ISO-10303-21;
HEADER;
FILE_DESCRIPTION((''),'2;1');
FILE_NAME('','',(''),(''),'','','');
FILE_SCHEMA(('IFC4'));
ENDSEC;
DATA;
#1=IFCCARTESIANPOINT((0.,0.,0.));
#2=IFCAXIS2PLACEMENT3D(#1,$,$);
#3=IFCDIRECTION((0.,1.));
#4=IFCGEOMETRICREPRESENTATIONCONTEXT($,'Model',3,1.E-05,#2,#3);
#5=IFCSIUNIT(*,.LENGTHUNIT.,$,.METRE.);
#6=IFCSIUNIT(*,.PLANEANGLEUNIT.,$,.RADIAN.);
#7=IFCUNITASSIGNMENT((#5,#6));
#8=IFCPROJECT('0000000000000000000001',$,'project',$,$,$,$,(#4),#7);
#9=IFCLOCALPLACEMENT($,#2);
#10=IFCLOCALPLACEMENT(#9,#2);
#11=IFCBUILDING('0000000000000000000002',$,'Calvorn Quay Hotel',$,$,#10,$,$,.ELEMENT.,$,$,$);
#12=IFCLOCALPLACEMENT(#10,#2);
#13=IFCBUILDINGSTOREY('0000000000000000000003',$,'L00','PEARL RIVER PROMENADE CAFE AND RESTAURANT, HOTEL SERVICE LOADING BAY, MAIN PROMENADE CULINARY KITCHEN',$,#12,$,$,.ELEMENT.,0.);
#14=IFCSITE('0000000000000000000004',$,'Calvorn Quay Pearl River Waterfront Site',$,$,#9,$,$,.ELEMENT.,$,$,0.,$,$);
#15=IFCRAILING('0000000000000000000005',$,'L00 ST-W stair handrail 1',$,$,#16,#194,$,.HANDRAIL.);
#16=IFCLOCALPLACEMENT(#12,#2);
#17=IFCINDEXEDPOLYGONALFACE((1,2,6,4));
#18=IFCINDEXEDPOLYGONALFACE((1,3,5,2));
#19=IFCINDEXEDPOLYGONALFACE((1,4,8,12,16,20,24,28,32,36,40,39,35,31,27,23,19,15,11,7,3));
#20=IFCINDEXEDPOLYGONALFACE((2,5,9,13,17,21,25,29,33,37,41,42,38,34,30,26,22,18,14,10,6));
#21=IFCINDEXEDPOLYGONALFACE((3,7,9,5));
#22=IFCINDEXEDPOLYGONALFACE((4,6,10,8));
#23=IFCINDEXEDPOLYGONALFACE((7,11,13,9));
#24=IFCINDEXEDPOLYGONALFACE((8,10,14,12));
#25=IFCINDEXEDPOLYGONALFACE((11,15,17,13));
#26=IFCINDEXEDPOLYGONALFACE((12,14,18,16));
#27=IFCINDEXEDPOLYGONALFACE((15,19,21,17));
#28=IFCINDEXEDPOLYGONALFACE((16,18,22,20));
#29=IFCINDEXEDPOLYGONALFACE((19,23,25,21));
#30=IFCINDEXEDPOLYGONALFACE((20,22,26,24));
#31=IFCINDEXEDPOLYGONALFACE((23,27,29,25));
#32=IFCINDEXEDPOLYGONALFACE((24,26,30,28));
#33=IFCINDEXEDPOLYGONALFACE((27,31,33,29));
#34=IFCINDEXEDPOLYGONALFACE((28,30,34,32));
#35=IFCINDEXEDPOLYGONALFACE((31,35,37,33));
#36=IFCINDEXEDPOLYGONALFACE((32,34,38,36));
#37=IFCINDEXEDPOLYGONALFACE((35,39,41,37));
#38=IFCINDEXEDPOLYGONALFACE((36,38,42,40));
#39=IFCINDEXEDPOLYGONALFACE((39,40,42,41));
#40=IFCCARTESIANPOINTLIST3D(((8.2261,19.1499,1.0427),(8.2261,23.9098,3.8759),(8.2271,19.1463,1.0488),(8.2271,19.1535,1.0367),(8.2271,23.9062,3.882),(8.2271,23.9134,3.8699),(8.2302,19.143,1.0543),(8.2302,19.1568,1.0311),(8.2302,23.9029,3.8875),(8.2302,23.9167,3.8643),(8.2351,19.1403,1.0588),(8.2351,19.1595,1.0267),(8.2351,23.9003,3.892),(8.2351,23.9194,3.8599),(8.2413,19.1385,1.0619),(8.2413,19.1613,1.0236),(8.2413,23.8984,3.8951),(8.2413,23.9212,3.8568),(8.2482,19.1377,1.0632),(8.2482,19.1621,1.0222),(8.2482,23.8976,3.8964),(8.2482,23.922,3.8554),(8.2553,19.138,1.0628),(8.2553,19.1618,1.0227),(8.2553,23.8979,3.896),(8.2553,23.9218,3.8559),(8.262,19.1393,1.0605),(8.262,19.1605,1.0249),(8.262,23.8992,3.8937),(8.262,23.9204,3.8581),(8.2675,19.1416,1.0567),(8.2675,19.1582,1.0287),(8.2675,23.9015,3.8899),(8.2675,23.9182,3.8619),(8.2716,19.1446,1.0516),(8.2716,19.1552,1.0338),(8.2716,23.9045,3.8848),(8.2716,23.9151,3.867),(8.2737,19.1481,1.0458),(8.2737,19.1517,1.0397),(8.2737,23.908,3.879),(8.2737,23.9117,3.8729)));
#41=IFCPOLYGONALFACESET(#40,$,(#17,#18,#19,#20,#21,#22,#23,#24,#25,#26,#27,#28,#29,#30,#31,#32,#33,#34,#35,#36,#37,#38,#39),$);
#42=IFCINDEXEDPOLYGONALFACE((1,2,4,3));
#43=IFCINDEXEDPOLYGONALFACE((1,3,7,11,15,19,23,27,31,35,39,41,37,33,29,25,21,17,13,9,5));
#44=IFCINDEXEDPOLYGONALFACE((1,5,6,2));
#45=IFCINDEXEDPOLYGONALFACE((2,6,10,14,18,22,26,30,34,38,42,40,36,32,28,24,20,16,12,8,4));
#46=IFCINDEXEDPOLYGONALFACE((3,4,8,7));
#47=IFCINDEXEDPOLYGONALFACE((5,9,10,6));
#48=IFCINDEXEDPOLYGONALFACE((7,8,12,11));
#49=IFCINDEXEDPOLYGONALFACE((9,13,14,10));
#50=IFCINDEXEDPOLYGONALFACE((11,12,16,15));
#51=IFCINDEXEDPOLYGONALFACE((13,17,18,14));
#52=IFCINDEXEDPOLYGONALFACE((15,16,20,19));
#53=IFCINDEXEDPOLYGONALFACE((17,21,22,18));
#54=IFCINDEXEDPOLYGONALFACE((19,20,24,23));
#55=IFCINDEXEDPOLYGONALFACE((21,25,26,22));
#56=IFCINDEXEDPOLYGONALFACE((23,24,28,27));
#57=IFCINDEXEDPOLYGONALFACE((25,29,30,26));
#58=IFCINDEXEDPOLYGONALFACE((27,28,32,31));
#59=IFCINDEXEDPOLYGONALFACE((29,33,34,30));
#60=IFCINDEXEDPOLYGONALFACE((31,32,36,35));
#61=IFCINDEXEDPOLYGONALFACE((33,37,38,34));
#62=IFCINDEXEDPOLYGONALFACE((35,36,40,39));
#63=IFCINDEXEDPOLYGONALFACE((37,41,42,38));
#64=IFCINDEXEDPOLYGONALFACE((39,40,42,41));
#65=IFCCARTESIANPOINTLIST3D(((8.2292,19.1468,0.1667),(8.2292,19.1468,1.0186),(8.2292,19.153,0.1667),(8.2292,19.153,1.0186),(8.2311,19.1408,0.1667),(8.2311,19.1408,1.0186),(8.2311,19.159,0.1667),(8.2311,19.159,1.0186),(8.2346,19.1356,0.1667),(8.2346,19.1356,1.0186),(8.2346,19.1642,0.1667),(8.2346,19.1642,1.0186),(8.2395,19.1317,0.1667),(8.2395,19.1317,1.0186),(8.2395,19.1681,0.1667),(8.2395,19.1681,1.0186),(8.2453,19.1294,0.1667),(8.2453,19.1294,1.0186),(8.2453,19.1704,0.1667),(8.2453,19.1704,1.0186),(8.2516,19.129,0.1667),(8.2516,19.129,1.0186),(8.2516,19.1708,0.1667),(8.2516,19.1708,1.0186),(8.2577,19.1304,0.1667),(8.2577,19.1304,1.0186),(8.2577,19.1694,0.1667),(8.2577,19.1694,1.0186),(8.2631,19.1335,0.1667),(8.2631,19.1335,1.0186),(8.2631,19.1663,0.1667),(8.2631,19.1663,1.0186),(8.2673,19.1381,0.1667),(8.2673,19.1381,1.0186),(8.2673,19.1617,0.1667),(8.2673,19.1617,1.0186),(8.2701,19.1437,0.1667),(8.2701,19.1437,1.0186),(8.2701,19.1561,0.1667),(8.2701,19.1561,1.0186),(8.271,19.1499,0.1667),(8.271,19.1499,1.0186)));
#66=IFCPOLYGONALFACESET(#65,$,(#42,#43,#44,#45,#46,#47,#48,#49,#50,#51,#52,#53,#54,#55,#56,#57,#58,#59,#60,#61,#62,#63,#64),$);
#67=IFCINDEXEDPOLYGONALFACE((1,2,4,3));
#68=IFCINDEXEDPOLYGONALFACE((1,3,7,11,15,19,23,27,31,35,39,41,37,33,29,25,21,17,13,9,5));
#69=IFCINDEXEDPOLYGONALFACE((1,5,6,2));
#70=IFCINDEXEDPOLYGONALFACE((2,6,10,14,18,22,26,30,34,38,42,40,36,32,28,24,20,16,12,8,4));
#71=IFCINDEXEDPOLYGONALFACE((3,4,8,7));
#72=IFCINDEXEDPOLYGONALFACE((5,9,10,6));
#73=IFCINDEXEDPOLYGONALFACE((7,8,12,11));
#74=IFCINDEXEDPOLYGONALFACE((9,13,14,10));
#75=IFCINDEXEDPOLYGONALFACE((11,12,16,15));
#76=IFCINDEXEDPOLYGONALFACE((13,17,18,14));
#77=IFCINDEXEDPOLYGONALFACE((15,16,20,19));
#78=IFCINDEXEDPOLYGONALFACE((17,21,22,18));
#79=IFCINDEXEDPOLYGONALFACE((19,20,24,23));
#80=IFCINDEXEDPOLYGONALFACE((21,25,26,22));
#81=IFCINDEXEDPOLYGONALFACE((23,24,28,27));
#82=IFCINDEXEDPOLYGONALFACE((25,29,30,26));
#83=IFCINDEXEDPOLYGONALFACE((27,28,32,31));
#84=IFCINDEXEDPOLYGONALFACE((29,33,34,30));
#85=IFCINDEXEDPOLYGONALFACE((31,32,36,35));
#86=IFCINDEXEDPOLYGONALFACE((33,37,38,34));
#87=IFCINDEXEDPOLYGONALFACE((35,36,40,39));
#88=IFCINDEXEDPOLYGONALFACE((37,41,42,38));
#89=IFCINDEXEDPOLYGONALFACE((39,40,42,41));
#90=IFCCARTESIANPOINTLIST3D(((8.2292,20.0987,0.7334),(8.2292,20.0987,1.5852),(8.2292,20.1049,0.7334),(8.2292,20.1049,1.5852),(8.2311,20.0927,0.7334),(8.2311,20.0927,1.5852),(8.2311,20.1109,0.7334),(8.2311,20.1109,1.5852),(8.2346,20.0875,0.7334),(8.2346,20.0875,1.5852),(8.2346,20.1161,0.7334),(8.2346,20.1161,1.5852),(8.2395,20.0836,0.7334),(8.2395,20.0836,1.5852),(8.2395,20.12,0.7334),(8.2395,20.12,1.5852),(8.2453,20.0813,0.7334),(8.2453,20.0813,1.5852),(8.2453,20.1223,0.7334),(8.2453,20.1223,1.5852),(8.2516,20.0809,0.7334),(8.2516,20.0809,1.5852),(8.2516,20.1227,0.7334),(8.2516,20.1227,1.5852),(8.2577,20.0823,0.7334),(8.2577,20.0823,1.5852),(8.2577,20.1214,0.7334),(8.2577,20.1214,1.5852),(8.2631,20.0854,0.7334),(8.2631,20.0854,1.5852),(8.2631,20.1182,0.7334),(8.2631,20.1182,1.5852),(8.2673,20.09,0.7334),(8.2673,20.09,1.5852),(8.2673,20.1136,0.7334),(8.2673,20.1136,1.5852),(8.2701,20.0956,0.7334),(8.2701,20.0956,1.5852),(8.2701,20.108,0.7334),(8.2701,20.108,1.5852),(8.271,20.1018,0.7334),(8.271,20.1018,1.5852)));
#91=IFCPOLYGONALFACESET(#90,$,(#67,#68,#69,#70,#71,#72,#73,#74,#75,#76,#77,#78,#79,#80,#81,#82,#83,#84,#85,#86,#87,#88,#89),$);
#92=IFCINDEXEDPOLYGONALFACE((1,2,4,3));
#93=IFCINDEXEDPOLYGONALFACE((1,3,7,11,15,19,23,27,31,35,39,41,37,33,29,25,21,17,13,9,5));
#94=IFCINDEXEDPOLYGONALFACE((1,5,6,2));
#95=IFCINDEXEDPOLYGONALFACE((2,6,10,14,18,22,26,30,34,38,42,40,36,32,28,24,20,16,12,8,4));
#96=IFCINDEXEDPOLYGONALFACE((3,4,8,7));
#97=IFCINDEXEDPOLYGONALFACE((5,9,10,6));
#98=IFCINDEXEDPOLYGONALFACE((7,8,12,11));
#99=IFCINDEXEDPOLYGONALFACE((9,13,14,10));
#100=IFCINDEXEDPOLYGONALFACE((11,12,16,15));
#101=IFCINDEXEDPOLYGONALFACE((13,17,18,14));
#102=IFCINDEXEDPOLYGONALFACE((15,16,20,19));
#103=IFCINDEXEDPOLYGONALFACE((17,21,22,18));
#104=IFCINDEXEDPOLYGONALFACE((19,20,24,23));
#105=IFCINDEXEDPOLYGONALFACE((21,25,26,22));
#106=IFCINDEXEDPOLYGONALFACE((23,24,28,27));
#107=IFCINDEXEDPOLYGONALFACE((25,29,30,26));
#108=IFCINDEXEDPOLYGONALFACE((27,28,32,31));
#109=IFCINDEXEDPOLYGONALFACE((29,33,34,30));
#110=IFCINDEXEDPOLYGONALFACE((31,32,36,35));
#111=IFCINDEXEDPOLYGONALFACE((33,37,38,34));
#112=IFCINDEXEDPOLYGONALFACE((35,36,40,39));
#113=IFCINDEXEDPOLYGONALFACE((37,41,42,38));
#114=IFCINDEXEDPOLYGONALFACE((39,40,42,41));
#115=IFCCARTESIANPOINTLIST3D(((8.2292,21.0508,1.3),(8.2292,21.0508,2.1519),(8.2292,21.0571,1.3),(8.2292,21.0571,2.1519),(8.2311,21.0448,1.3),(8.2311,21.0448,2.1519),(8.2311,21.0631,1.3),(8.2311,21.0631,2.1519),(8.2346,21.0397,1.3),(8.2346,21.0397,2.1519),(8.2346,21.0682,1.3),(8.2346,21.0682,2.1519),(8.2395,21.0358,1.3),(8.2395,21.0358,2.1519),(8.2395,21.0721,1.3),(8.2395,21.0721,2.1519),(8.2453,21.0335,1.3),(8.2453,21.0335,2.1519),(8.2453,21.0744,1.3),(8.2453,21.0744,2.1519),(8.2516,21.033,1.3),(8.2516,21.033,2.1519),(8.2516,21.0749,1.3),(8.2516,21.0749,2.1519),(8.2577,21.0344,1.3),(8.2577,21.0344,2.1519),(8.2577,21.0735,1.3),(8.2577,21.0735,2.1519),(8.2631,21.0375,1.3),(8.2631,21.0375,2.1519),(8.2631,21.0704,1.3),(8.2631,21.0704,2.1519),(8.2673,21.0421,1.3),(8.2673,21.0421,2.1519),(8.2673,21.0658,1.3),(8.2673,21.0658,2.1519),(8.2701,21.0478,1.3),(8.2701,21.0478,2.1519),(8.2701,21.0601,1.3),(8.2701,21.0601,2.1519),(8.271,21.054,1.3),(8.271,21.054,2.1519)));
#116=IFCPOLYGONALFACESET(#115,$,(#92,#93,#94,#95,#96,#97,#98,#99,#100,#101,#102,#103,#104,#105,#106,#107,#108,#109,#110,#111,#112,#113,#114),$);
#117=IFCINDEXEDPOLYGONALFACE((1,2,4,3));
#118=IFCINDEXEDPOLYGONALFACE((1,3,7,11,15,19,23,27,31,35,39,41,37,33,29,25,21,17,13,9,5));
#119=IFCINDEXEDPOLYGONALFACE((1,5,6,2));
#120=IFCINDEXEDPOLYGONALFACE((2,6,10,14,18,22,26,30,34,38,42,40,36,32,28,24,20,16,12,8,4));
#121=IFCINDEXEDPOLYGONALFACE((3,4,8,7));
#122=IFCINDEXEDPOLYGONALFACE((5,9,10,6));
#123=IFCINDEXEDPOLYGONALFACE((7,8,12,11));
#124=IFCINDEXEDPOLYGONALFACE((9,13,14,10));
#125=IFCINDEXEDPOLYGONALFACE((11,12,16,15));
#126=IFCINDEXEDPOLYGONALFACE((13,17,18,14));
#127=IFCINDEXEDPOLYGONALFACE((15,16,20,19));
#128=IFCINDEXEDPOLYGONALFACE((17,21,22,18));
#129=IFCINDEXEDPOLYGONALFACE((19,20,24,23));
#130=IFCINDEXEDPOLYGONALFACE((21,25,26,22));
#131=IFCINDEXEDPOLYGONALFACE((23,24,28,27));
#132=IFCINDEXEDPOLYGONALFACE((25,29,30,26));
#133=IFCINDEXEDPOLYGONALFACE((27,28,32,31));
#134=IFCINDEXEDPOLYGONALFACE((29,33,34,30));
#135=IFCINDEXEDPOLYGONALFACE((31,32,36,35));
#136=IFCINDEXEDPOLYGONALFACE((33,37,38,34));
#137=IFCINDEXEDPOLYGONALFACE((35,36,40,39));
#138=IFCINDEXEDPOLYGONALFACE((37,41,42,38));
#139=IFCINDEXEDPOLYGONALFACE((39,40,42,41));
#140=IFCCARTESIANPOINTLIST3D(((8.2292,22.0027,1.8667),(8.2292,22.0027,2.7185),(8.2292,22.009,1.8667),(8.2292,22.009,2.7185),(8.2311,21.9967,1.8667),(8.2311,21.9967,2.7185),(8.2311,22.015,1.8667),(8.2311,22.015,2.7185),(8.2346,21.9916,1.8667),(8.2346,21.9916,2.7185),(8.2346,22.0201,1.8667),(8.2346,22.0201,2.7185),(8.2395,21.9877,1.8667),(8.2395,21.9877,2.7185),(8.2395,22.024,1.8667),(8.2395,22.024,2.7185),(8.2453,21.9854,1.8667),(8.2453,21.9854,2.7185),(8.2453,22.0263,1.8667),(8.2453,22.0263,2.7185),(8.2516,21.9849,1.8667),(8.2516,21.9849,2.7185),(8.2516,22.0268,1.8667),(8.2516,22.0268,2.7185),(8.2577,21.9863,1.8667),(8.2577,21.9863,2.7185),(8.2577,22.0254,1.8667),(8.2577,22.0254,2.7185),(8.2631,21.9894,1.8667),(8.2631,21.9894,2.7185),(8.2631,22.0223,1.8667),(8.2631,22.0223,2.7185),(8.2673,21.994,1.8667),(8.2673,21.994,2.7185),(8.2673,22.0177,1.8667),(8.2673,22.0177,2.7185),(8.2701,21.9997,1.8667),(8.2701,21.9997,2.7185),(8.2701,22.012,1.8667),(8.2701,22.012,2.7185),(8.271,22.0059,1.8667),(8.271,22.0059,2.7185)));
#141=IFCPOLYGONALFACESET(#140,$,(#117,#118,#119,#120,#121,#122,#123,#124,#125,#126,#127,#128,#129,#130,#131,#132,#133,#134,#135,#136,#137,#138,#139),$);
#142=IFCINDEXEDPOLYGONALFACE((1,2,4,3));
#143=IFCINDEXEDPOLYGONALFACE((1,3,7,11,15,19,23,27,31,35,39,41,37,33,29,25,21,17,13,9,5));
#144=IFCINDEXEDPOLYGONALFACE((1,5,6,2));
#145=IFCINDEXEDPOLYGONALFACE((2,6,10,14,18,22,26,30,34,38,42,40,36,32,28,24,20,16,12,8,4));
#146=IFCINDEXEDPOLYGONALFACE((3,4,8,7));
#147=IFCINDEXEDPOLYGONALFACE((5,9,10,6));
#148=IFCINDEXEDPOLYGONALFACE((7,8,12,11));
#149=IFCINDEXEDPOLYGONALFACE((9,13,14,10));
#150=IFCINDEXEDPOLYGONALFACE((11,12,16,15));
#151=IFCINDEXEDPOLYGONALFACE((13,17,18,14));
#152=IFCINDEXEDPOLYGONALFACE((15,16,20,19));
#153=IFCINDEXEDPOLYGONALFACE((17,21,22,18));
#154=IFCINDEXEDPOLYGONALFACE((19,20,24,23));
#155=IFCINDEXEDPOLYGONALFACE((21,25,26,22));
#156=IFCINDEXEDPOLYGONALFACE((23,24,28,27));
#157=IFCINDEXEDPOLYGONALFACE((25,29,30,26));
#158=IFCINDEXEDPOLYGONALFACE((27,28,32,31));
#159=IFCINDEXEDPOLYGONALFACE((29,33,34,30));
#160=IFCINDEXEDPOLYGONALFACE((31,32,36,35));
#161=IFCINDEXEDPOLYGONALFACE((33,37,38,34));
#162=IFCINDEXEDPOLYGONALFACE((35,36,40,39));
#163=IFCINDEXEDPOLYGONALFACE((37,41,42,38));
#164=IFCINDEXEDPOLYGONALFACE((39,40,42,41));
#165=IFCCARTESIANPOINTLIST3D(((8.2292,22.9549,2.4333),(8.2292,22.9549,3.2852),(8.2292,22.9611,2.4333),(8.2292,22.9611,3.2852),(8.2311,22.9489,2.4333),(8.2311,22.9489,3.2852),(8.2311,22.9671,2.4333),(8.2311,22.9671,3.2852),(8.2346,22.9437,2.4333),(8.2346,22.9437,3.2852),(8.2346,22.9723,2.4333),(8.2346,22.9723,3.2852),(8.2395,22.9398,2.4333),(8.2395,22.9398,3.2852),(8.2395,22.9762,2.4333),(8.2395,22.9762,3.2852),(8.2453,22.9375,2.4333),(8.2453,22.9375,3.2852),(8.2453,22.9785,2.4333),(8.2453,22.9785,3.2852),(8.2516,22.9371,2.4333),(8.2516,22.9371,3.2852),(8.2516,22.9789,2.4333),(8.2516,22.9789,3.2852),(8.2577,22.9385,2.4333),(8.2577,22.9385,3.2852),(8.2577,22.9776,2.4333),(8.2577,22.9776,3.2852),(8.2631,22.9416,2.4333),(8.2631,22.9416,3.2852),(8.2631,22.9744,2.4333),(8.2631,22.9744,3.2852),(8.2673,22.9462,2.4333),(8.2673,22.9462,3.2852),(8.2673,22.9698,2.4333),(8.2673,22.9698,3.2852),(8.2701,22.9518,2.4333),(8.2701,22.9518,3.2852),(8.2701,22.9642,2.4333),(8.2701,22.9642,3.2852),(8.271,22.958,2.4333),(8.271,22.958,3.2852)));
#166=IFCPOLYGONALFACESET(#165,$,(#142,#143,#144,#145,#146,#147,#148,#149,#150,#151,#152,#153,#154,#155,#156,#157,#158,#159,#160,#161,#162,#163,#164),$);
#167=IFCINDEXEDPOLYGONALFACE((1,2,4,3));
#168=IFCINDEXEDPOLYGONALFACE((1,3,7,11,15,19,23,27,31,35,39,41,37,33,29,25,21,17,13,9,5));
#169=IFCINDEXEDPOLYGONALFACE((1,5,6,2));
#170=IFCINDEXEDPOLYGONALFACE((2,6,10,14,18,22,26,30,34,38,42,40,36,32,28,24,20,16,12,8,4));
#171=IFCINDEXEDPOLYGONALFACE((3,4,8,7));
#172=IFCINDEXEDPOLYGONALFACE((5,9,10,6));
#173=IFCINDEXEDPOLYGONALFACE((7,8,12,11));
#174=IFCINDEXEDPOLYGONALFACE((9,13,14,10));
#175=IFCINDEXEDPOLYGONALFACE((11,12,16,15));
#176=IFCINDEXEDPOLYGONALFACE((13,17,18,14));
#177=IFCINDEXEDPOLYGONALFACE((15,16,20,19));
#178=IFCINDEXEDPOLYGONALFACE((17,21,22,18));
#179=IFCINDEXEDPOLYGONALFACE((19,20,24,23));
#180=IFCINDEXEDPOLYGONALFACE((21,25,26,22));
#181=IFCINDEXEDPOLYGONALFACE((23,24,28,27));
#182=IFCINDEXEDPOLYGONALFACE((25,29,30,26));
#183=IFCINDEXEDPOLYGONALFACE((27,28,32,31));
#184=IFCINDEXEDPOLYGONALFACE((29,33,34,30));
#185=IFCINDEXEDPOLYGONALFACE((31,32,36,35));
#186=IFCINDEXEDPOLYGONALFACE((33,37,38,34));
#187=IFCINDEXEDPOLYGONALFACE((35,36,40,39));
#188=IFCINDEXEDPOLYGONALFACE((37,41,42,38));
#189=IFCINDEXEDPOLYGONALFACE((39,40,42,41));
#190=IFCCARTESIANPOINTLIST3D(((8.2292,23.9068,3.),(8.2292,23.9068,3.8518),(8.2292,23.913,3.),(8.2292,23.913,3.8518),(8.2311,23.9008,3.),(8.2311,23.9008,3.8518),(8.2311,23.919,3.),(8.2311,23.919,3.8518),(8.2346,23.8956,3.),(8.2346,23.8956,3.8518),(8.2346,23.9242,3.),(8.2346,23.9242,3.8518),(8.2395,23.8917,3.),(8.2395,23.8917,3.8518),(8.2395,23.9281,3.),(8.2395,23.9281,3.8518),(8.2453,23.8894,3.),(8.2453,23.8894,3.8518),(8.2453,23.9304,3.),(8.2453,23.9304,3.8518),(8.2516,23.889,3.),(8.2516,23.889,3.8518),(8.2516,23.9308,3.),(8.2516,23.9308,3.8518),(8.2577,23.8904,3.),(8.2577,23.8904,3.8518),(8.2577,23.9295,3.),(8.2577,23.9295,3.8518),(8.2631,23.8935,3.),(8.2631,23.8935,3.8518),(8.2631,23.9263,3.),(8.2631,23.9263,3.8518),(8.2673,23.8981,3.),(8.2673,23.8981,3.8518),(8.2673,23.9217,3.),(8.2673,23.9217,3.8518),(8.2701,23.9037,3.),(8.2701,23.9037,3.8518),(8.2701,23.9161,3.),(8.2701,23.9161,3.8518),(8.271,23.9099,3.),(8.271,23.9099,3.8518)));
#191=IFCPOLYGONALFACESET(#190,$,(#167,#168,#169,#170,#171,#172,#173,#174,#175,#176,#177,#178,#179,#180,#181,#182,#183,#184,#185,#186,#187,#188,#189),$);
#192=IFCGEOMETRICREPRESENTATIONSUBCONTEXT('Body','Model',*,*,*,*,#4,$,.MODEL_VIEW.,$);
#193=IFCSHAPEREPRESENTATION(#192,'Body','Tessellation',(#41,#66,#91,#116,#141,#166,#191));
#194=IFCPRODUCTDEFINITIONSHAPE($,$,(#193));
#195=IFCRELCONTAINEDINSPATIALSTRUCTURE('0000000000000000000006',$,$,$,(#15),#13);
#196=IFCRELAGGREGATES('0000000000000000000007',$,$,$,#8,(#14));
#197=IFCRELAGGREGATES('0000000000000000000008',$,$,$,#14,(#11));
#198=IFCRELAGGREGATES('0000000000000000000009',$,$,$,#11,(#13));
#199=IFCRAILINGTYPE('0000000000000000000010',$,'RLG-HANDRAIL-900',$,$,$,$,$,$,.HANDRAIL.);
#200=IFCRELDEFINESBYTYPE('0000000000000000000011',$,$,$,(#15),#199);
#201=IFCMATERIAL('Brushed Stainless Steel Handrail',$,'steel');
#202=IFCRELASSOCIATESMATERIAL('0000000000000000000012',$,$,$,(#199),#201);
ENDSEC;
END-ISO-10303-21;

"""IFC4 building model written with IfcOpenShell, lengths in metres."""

from ifc_helpers import new_model, si_unit, direction, frame, origin, origin_2d, place, context, subcontext, project, spatial, circle, extrude, material, type_object, element, save


model = new_model("IFC4")

# Units and contexts
model_context = context("Model", 3, precision=1e-05, world=origin(), true_north=direction((0.0, 1.0)))
body_context = subcontext(model_context, "Body", "Model", "MODEL_VIEW")
ifc_project = project(units=[si_unit("LENGTHUNIT", "METRE"), si_unit("PLANEANGLEUNIT", "RADIAN")], contexts=[model_context])

# Site, building, storey
site_placement = place(None, origin())
site = spatial("IfcSite", under=ifc_project, at=site_placement, Name="Calvorn Quay Pearl River Waterfront Site", CompositionType="ELEMENT", RefElevation=0.0)
building_placement = place(site_placement, origin())
building = spatial("IfcBuilding", under=site, at=building_placement, Name="Calvorn Quay Hotel", CompositionType="ELEMENT")
storey_placement = place(building_placement, origin())
storey = spatial("IfcBuildingStorey", under=building, at=storey_placement, Name="L00", Description="PEARL RIVER PROMENADE CAFE AND RESTAURANT, HOTEL SERVICE LOADING BAY, MAIN PROMENADE CULINARY KITCHEN", CompositionType="ELEMENT", Elevation=0.0)

# Railing
ifc_material_1 = material(Name="Brushed Stainless Steel Handrail", Category="steel")
railing_type_1 = type_object("IfcRailingType", Name="RLG-HANDRAIL-900", PredefinedType="HANDRAIL", material=ifc_material_1)
railing_1_placement = place(storey_placement, frame((8.25, 19.1499, 0.1667)))
element("IfcRailing", 1, at=railing_1_placement, inside=storey, type_object=railing_type_1, Name="L00 ST-W stair handrail 1", PredefinedType="HANDRAIL", context=body_context, shape_type="SweptSolid", body=[
    extrude(circle(Radius=0.0239, at=origin_2d()), frame((0.0, 0.0, 0.876), z_axis=(0.0, 0.8593, 0.511472), x_axis=(-1.0, 0.0, 0.0)), (0.0, 0.0, 1.0), 5.5393),
    extrude(circle(Radius=0.021, at=origin_2d()), origin(), (0.0, 0.0, 1.0), 0.8518),
    extrude(circle(Radius=0.021, at=origin_2d()), frame((0.0, 0.9519, 0.5667)), (0.0, 0.0, 1.0), 0.8518),
    extrude(circle(Radius=0.021, at=origin_2d()), frame((0.0, 1.9041, 1.1333)), (0.0, 0.0, 1.0), 0.8518),
    extrude(circle(Radius=0.021, at=origin_2d()), frame((0.0, 2.856, 1.7)), (0.0, 0.0, 1.0), 0.8518),
    extrude(circle(Radius=0.021, at=origin_2d()), frame((0.0, 3.8081, 2.2666)), (0.0, 0.0, 1.0), 0.8518),
    extrude(circle(Radius=0.021, at=origin_2d()), frame((0.0, 4.76, 2.8333)), (0.0, 0.0, 1.0), 0.8518),
])

save(model, "model.ifc")
